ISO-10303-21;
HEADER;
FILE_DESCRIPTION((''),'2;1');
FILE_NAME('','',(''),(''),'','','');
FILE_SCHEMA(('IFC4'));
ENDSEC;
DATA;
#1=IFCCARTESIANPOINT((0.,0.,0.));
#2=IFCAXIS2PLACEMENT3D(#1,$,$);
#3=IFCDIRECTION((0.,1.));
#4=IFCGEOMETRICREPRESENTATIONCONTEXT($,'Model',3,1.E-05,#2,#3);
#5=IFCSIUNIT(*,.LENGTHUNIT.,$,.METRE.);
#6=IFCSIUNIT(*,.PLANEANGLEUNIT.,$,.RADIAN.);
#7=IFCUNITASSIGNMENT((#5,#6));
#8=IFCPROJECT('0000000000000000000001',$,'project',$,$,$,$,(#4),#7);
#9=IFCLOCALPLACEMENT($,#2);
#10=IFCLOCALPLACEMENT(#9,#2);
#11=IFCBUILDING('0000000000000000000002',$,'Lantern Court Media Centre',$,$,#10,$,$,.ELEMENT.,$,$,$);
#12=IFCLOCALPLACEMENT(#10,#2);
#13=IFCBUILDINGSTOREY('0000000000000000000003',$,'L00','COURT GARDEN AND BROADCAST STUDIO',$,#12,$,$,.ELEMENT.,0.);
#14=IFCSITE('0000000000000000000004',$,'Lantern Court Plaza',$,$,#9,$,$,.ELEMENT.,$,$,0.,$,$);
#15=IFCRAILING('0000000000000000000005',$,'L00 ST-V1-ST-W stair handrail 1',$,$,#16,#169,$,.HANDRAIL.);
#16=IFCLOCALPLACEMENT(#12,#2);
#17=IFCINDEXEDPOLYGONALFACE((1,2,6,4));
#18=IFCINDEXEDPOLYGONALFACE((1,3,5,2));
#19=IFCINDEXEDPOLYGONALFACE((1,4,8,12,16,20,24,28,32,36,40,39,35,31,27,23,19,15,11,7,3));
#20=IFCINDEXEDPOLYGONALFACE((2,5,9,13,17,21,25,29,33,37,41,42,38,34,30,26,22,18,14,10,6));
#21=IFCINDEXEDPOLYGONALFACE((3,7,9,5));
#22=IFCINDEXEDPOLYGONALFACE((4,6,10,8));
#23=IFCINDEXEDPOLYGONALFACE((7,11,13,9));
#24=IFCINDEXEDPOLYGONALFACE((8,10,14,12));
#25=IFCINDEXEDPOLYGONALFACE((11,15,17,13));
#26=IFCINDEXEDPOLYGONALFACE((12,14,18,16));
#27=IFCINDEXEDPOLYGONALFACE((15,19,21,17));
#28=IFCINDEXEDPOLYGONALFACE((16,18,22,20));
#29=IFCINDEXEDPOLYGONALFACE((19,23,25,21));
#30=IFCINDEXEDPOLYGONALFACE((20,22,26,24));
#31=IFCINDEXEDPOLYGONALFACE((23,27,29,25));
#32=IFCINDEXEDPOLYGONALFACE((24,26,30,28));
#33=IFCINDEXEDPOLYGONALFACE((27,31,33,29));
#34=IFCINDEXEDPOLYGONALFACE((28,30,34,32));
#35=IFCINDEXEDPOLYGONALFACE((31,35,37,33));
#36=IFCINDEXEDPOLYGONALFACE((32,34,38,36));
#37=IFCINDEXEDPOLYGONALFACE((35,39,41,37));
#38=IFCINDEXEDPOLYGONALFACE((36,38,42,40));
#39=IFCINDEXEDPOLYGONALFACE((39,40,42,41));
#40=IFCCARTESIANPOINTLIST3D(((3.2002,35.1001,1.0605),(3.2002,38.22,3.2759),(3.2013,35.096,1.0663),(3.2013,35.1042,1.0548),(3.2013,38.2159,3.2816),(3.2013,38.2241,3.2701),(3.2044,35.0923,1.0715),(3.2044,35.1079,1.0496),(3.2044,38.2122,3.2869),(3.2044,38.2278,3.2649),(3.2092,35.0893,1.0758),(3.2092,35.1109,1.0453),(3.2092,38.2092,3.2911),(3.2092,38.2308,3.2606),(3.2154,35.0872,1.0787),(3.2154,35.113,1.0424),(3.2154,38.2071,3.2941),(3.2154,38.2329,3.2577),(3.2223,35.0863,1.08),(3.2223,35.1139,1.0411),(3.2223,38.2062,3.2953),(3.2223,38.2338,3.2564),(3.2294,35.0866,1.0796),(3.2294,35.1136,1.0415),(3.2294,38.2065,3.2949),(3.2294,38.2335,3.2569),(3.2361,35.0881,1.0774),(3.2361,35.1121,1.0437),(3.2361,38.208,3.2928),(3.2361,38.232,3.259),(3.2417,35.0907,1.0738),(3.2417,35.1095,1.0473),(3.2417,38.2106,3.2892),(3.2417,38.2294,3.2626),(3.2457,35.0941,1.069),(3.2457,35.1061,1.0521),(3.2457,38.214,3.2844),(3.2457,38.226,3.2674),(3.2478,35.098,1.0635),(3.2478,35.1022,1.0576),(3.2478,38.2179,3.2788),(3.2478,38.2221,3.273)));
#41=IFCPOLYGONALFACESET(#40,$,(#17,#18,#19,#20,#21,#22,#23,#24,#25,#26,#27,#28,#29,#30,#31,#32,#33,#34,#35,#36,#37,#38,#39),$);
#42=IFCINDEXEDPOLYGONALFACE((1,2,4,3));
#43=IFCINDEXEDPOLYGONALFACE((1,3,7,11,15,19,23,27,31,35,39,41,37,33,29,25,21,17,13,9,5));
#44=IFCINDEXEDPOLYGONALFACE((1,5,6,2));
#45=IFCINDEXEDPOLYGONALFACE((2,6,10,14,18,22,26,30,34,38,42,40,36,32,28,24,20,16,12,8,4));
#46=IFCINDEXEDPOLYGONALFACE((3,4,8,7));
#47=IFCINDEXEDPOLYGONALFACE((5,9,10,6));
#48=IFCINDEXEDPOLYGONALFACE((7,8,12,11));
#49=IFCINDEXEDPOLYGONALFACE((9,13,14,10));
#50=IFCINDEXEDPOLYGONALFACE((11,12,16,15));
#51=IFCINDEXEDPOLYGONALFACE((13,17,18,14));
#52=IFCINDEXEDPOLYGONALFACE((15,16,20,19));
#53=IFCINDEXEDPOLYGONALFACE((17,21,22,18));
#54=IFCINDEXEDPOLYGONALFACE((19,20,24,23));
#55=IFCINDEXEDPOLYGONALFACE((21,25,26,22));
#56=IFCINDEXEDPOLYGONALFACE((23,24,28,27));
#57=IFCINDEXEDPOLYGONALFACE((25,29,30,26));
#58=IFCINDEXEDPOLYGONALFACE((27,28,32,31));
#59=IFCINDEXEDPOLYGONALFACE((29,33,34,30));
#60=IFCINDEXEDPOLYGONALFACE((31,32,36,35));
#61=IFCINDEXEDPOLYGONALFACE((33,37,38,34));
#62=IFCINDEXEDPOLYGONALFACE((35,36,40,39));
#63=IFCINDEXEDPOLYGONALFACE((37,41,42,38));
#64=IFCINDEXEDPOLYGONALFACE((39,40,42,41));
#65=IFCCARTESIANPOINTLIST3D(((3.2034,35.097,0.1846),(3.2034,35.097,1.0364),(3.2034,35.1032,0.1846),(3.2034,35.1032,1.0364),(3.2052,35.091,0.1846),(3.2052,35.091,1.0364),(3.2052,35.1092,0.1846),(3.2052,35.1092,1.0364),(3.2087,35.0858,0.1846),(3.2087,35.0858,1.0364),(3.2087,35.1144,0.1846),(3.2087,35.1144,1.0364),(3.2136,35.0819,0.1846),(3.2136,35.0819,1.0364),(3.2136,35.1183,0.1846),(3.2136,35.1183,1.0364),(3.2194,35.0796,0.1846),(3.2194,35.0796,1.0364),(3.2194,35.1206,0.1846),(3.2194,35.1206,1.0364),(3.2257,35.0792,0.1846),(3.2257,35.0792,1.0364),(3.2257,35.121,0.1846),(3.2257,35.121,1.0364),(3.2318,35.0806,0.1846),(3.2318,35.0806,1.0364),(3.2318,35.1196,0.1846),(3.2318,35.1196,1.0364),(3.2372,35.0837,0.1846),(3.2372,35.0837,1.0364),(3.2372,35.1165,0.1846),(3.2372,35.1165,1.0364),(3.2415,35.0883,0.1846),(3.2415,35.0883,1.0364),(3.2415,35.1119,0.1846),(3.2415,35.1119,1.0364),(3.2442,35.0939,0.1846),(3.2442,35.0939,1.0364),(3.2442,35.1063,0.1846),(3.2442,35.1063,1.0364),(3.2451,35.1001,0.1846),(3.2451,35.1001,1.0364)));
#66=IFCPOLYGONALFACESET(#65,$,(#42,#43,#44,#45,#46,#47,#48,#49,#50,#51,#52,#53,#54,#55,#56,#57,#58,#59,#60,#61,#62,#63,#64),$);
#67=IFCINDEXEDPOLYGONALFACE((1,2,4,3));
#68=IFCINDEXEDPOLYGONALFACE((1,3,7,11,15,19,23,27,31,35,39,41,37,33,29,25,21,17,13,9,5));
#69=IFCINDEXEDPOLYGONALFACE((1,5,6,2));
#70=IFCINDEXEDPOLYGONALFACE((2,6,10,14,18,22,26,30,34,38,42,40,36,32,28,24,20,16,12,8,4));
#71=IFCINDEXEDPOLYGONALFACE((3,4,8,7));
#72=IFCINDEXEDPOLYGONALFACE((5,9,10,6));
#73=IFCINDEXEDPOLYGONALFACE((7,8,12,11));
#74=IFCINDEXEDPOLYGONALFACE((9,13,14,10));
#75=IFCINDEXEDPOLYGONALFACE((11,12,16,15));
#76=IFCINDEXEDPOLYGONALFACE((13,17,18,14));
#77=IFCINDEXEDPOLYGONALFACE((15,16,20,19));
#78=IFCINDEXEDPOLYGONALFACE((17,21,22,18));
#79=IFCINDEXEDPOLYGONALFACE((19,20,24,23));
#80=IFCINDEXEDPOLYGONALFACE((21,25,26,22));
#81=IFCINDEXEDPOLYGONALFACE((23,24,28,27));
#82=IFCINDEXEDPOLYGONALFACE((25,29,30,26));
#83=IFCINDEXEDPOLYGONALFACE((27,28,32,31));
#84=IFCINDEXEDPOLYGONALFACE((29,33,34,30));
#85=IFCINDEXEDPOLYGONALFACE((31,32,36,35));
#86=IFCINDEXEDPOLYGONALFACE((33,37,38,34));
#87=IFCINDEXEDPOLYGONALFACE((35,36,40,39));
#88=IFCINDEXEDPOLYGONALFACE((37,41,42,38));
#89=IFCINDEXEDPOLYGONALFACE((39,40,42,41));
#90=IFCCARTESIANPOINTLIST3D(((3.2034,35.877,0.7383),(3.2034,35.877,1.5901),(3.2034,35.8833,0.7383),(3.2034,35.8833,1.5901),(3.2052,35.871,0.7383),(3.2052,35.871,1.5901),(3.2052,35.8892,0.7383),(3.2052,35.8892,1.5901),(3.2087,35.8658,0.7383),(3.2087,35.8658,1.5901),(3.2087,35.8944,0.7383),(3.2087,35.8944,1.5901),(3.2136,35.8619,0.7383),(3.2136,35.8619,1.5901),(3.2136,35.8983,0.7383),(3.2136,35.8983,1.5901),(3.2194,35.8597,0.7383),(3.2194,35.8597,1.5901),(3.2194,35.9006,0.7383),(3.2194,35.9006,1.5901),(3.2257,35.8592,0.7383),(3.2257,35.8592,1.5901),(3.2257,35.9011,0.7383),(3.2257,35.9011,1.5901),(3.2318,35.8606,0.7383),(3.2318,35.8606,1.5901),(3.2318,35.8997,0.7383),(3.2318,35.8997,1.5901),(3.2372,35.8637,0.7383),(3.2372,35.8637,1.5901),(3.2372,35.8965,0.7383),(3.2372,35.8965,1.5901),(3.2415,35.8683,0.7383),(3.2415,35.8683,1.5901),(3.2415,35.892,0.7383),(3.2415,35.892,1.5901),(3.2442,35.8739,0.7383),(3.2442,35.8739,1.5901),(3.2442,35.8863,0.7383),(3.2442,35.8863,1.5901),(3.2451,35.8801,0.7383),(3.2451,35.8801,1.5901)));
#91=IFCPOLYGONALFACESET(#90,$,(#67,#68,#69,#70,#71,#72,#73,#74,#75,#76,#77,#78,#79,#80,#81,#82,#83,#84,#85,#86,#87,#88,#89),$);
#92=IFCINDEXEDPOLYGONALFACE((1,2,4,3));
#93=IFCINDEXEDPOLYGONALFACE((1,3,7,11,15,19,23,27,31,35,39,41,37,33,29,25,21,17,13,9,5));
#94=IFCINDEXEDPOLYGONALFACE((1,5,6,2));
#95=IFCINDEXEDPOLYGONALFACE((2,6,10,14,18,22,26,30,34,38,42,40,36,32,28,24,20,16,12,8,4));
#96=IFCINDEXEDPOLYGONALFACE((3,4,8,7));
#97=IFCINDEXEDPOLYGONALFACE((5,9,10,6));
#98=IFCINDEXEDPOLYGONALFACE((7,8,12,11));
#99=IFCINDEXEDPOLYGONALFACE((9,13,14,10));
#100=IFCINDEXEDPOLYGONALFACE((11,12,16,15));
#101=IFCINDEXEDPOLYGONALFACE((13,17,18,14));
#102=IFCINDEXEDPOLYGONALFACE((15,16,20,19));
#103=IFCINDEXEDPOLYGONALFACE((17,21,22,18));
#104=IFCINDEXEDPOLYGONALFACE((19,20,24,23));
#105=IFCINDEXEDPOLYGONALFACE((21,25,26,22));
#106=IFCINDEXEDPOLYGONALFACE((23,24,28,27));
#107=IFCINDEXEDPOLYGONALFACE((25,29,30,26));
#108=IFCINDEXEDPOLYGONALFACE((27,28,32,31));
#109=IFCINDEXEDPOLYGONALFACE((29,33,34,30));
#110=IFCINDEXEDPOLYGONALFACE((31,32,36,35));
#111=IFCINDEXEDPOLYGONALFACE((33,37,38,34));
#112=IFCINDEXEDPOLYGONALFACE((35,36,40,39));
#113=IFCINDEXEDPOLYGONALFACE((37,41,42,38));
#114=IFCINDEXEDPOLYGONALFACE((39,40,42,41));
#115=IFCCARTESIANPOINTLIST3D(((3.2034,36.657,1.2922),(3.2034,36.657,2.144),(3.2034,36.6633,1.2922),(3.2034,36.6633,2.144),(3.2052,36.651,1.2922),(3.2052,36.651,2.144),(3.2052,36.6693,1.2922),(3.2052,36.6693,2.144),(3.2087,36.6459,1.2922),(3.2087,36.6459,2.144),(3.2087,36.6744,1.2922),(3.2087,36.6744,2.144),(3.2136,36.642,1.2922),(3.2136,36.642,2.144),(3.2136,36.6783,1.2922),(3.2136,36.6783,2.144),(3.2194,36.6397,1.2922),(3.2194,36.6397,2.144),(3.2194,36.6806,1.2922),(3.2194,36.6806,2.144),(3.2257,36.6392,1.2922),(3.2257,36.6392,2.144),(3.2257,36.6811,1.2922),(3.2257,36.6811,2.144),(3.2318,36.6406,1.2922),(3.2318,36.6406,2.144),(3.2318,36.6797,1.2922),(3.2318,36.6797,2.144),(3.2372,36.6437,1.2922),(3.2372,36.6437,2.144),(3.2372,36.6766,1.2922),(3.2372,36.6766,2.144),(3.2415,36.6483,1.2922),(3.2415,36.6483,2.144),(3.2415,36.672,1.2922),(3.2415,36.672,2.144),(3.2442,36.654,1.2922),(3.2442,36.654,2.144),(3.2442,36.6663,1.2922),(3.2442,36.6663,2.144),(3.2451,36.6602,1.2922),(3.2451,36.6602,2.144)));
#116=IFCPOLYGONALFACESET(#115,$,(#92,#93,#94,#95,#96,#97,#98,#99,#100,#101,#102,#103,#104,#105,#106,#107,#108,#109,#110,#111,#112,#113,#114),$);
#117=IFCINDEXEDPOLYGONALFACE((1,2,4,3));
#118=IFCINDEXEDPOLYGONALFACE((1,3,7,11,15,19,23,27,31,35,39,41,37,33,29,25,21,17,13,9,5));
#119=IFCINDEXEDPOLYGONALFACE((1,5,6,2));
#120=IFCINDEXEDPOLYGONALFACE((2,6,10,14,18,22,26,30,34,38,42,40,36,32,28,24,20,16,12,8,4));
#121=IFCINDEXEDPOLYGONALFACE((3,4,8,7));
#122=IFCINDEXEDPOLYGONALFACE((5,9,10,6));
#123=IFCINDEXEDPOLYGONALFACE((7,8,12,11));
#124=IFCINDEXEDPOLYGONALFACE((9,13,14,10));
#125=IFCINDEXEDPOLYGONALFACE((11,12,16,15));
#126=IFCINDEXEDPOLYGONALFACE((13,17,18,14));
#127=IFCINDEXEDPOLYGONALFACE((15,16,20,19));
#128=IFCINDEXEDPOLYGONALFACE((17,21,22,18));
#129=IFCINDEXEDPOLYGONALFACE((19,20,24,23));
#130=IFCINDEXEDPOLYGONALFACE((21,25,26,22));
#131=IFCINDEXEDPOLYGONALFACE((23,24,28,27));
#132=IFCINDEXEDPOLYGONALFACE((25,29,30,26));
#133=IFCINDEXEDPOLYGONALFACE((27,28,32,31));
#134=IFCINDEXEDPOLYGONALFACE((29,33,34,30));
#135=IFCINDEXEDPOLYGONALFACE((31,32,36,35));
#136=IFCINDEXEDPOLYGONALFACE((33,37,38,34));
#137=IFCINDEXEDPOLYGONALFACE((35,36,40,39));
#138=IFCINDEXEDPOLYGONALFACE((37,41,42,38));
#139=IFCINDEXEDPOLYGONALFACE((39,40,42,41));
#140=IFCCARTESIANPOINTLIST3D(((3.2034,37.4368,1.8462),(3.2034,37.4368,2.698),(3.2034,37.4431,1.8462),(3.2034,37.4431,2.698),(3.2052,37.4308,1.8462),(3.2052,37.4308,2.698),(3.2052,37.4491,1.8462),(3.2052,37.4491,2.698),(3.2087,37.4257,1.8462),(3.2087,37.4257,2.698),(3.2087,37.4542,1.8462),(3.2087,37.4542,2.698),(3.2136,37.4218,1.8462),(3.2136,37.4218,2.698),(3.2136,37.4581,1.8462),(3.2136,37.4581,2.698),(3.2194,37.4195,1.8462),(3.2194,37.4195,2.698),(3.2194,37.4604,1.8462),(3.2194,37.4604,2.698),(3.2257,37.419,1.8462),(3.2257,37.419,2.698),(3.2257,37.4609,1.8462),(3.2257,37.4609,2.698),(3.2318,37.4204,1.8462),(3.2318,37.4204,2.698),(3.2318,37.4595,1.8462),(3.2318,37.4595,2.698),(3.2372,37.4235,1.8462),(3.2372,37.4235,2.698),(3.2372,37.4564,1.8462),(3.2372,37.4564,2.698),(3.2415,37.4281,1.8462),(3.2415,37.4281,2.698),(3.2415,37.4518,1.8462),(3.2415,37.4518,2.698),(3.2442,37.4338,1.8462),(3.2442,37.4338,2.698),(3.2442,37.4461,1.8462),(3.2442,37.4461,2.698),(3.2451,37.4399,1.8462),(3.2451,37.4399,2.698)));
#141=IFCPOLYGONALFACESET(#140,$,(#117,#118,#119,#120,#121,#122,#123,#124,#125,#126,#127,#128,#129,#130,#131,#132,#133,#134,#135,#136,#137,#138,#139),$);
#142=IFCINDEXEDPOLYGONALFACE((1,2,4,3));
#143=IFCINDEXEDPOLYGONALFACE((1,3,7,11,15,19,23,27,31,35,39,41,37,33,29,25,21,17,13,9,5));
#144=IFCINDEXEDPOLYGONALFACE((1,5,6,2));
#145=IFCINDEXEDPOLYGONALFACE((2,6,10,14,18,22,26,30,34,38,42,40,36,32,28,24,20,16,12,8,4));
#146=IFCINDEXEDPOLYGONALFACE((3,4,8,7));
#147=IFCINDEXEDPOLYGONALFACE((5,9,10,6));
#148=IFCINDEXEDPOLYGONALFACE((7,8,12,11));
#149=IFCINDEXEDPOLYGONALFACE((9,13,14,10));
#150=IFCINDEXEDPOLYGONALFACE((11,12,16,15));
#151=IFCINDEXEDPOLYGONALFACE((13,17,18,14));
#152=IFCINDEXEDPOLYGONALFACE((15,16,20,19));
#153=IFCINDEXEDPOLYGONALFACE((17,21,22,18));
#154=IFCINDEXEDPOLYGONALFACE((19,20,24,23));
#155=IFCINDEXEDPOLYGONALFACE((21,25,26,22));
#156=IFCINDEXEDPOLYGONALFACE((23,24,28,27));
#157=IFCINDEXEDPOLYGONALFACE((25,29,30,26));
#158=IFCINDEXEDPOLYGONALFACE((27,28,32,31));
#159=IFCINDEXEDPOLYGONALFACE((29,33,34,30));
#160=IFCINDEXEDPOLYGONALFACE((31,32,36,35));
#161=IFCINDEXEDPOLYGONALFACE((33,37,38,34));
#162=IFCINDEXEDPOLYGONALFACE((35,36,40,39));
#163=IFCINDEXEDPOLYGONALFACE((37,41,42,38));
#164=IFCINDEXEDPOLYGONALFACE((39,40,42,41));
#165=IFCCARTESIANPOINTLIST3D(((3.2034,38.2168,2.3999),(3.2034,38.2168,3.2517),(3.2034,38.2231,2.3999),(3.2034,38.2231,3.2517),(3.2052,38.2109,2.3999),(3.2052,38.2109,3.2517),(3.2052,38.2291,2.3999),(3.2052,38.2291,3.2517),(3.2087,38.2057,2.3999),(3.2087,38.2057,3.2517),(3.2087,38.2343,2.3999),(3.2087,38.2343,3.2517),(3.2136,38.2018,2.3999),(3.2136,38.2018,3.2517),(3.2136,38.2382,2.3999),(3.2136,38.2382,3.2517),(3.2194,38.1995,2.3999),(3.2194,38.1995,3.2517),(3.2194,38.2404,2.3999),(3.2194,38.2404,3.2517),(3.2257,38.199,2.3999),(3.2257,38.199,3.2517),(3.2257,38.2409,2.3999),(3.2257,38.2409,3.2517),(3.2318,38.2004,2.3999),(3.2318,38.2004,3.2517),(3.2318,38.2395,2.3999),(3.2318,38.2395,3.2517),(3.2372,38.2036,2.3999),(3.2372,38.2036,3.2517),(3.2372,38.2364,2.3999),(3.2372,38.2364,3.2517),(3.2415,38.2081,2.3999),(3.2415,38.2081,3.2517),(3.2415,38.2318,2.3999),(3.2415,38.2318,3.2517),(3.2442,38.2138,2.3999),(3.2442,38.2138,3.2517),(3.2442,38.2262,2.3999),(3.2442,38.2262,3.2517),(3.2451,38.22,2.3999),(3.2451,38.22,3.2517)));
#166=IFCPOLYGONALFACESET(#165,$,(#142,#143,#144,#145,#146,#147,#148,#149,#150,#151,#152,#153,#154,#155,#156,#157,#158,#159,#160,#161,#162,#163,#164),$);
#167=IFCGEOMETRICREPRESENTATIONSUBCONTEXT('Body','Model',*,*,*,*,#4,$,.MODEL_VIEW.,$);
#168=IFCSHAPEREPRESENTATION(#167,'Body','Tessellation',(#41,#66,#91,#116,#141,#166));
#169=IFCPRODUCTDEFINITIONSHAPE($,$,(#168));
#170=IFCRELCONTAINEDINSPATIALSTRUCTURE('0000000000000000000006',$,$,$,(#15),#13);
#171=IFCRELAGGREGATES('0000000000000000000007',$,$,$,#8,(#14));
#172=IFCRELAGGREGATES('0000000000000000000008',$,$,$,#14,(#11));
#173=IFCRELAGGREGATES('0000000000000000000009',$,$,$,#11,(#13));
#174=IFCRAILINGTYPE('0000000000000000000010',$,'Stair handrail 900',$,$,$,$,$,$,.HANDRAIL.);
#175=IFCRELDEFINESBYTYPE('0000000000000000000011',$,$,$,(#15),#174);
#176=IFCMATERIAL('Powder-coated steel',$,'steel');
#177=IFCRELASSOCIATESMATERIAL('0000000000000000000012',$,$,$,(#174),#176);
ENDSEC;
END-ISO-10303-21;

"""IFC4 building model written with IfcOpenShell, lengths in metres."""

from ifc_helpers import new_model, si_unit, direction, frame, origin, origin_2d, place, context, subcontext, project, spatial, circle, extrude, material, type_object, element, save


model = new_model("IFC4")

# Units and contexts
model_context = context("Model", 3, precision=1e-05, world=origin(), true_north=direction((0.0, 1.0)))
body_context = subcontext(model_context, "Body", "Model", "MODEL_VIEW")
ifc_project = project(units=[si_unit("LENGTHUNIT", "METRE"), si_unit("PLANEANGLEUNIT", "RADIAN")], contexts=[model_context])

# Site, building, storey
site_placement = place(None, origin())
site = spatial("IfcSite", under=ifc_project, at=site_placement, Name="Lantern Court Plaza", CompositionType="ELEMENT", RefElevation=0.0)
building_placement = place(site_placement, origin())
building = spatial("IfcBuilding", under=site, at=building_placement, Name="Lantern Court Media Centre", CompositionType="ELEMENT")
storey_placement = place(building_placement, origin())
storey = spatial("IfcBuildingStorey", under=building, at=storey_placement, Name="L00", Description="COURT GARDEN AND BROADCAST STUDIO", CompositionType="ELEMENT", Elevation=0.0)

# Railing
ifc_material_1 = material(Name="Powder-coated steel", Category="steel")
railing_type_1 = type_object("IfcRailingType", Name="Stair handrail 900", PredefinedType="HANDRAIL", material=ifc_material_1)
railing_1_placement = place(storey_placement, frame((3.2241, 35.1001, 0.1846)))
element("IfcRailing", 1, at=railing_1_placement, inside=storey, type_object=railing_type_1, Name="L00 ST-V1-ST-W stair handrail 1", PredefinedType="HANDRAIL", context=body_context, shape_type="SweptSolid", body=[
    extrude(circle(Radius=0.0239, at=origin_2d()), frame((0.0, 0.0, 0.876), z_axis=(0.0, 0.815356, 0.578961), x_axis=(-1.0, 0.0, 0.0)), (0.0, 0.0, 1.0), 3.8264),
    extrude(circle(Radius=0.021, at=origin_2d()), origin(), (0.0, 0.0, 1.0), 0.8518),
    extrude(circle(Radius=0.021, at=origin_2d()), frame((0.0, 0.78, 0.5537)), (0.0, 0.0, 1.0), 0.8518),
    extrude(circle(Radius=0.021, at=origin_2d()), frame((0.0, 1.5601, 1.1077)), (0.0, 0.0, 1.0), 0.8518),
    extrude(circle(Radius=0.021, at=origin_2d()), frame((0.0, 2.3398, 1.6616)), (0.0, 0.0, 1.0), 0.8518),
    extrude(circle(Radius=0.021, at=origin_2d()), frame((0.0, 3.1199, 2.2153)), (0.0, 0.0, 1.0), 0.8518),
])

save(model, "model.ifc")
